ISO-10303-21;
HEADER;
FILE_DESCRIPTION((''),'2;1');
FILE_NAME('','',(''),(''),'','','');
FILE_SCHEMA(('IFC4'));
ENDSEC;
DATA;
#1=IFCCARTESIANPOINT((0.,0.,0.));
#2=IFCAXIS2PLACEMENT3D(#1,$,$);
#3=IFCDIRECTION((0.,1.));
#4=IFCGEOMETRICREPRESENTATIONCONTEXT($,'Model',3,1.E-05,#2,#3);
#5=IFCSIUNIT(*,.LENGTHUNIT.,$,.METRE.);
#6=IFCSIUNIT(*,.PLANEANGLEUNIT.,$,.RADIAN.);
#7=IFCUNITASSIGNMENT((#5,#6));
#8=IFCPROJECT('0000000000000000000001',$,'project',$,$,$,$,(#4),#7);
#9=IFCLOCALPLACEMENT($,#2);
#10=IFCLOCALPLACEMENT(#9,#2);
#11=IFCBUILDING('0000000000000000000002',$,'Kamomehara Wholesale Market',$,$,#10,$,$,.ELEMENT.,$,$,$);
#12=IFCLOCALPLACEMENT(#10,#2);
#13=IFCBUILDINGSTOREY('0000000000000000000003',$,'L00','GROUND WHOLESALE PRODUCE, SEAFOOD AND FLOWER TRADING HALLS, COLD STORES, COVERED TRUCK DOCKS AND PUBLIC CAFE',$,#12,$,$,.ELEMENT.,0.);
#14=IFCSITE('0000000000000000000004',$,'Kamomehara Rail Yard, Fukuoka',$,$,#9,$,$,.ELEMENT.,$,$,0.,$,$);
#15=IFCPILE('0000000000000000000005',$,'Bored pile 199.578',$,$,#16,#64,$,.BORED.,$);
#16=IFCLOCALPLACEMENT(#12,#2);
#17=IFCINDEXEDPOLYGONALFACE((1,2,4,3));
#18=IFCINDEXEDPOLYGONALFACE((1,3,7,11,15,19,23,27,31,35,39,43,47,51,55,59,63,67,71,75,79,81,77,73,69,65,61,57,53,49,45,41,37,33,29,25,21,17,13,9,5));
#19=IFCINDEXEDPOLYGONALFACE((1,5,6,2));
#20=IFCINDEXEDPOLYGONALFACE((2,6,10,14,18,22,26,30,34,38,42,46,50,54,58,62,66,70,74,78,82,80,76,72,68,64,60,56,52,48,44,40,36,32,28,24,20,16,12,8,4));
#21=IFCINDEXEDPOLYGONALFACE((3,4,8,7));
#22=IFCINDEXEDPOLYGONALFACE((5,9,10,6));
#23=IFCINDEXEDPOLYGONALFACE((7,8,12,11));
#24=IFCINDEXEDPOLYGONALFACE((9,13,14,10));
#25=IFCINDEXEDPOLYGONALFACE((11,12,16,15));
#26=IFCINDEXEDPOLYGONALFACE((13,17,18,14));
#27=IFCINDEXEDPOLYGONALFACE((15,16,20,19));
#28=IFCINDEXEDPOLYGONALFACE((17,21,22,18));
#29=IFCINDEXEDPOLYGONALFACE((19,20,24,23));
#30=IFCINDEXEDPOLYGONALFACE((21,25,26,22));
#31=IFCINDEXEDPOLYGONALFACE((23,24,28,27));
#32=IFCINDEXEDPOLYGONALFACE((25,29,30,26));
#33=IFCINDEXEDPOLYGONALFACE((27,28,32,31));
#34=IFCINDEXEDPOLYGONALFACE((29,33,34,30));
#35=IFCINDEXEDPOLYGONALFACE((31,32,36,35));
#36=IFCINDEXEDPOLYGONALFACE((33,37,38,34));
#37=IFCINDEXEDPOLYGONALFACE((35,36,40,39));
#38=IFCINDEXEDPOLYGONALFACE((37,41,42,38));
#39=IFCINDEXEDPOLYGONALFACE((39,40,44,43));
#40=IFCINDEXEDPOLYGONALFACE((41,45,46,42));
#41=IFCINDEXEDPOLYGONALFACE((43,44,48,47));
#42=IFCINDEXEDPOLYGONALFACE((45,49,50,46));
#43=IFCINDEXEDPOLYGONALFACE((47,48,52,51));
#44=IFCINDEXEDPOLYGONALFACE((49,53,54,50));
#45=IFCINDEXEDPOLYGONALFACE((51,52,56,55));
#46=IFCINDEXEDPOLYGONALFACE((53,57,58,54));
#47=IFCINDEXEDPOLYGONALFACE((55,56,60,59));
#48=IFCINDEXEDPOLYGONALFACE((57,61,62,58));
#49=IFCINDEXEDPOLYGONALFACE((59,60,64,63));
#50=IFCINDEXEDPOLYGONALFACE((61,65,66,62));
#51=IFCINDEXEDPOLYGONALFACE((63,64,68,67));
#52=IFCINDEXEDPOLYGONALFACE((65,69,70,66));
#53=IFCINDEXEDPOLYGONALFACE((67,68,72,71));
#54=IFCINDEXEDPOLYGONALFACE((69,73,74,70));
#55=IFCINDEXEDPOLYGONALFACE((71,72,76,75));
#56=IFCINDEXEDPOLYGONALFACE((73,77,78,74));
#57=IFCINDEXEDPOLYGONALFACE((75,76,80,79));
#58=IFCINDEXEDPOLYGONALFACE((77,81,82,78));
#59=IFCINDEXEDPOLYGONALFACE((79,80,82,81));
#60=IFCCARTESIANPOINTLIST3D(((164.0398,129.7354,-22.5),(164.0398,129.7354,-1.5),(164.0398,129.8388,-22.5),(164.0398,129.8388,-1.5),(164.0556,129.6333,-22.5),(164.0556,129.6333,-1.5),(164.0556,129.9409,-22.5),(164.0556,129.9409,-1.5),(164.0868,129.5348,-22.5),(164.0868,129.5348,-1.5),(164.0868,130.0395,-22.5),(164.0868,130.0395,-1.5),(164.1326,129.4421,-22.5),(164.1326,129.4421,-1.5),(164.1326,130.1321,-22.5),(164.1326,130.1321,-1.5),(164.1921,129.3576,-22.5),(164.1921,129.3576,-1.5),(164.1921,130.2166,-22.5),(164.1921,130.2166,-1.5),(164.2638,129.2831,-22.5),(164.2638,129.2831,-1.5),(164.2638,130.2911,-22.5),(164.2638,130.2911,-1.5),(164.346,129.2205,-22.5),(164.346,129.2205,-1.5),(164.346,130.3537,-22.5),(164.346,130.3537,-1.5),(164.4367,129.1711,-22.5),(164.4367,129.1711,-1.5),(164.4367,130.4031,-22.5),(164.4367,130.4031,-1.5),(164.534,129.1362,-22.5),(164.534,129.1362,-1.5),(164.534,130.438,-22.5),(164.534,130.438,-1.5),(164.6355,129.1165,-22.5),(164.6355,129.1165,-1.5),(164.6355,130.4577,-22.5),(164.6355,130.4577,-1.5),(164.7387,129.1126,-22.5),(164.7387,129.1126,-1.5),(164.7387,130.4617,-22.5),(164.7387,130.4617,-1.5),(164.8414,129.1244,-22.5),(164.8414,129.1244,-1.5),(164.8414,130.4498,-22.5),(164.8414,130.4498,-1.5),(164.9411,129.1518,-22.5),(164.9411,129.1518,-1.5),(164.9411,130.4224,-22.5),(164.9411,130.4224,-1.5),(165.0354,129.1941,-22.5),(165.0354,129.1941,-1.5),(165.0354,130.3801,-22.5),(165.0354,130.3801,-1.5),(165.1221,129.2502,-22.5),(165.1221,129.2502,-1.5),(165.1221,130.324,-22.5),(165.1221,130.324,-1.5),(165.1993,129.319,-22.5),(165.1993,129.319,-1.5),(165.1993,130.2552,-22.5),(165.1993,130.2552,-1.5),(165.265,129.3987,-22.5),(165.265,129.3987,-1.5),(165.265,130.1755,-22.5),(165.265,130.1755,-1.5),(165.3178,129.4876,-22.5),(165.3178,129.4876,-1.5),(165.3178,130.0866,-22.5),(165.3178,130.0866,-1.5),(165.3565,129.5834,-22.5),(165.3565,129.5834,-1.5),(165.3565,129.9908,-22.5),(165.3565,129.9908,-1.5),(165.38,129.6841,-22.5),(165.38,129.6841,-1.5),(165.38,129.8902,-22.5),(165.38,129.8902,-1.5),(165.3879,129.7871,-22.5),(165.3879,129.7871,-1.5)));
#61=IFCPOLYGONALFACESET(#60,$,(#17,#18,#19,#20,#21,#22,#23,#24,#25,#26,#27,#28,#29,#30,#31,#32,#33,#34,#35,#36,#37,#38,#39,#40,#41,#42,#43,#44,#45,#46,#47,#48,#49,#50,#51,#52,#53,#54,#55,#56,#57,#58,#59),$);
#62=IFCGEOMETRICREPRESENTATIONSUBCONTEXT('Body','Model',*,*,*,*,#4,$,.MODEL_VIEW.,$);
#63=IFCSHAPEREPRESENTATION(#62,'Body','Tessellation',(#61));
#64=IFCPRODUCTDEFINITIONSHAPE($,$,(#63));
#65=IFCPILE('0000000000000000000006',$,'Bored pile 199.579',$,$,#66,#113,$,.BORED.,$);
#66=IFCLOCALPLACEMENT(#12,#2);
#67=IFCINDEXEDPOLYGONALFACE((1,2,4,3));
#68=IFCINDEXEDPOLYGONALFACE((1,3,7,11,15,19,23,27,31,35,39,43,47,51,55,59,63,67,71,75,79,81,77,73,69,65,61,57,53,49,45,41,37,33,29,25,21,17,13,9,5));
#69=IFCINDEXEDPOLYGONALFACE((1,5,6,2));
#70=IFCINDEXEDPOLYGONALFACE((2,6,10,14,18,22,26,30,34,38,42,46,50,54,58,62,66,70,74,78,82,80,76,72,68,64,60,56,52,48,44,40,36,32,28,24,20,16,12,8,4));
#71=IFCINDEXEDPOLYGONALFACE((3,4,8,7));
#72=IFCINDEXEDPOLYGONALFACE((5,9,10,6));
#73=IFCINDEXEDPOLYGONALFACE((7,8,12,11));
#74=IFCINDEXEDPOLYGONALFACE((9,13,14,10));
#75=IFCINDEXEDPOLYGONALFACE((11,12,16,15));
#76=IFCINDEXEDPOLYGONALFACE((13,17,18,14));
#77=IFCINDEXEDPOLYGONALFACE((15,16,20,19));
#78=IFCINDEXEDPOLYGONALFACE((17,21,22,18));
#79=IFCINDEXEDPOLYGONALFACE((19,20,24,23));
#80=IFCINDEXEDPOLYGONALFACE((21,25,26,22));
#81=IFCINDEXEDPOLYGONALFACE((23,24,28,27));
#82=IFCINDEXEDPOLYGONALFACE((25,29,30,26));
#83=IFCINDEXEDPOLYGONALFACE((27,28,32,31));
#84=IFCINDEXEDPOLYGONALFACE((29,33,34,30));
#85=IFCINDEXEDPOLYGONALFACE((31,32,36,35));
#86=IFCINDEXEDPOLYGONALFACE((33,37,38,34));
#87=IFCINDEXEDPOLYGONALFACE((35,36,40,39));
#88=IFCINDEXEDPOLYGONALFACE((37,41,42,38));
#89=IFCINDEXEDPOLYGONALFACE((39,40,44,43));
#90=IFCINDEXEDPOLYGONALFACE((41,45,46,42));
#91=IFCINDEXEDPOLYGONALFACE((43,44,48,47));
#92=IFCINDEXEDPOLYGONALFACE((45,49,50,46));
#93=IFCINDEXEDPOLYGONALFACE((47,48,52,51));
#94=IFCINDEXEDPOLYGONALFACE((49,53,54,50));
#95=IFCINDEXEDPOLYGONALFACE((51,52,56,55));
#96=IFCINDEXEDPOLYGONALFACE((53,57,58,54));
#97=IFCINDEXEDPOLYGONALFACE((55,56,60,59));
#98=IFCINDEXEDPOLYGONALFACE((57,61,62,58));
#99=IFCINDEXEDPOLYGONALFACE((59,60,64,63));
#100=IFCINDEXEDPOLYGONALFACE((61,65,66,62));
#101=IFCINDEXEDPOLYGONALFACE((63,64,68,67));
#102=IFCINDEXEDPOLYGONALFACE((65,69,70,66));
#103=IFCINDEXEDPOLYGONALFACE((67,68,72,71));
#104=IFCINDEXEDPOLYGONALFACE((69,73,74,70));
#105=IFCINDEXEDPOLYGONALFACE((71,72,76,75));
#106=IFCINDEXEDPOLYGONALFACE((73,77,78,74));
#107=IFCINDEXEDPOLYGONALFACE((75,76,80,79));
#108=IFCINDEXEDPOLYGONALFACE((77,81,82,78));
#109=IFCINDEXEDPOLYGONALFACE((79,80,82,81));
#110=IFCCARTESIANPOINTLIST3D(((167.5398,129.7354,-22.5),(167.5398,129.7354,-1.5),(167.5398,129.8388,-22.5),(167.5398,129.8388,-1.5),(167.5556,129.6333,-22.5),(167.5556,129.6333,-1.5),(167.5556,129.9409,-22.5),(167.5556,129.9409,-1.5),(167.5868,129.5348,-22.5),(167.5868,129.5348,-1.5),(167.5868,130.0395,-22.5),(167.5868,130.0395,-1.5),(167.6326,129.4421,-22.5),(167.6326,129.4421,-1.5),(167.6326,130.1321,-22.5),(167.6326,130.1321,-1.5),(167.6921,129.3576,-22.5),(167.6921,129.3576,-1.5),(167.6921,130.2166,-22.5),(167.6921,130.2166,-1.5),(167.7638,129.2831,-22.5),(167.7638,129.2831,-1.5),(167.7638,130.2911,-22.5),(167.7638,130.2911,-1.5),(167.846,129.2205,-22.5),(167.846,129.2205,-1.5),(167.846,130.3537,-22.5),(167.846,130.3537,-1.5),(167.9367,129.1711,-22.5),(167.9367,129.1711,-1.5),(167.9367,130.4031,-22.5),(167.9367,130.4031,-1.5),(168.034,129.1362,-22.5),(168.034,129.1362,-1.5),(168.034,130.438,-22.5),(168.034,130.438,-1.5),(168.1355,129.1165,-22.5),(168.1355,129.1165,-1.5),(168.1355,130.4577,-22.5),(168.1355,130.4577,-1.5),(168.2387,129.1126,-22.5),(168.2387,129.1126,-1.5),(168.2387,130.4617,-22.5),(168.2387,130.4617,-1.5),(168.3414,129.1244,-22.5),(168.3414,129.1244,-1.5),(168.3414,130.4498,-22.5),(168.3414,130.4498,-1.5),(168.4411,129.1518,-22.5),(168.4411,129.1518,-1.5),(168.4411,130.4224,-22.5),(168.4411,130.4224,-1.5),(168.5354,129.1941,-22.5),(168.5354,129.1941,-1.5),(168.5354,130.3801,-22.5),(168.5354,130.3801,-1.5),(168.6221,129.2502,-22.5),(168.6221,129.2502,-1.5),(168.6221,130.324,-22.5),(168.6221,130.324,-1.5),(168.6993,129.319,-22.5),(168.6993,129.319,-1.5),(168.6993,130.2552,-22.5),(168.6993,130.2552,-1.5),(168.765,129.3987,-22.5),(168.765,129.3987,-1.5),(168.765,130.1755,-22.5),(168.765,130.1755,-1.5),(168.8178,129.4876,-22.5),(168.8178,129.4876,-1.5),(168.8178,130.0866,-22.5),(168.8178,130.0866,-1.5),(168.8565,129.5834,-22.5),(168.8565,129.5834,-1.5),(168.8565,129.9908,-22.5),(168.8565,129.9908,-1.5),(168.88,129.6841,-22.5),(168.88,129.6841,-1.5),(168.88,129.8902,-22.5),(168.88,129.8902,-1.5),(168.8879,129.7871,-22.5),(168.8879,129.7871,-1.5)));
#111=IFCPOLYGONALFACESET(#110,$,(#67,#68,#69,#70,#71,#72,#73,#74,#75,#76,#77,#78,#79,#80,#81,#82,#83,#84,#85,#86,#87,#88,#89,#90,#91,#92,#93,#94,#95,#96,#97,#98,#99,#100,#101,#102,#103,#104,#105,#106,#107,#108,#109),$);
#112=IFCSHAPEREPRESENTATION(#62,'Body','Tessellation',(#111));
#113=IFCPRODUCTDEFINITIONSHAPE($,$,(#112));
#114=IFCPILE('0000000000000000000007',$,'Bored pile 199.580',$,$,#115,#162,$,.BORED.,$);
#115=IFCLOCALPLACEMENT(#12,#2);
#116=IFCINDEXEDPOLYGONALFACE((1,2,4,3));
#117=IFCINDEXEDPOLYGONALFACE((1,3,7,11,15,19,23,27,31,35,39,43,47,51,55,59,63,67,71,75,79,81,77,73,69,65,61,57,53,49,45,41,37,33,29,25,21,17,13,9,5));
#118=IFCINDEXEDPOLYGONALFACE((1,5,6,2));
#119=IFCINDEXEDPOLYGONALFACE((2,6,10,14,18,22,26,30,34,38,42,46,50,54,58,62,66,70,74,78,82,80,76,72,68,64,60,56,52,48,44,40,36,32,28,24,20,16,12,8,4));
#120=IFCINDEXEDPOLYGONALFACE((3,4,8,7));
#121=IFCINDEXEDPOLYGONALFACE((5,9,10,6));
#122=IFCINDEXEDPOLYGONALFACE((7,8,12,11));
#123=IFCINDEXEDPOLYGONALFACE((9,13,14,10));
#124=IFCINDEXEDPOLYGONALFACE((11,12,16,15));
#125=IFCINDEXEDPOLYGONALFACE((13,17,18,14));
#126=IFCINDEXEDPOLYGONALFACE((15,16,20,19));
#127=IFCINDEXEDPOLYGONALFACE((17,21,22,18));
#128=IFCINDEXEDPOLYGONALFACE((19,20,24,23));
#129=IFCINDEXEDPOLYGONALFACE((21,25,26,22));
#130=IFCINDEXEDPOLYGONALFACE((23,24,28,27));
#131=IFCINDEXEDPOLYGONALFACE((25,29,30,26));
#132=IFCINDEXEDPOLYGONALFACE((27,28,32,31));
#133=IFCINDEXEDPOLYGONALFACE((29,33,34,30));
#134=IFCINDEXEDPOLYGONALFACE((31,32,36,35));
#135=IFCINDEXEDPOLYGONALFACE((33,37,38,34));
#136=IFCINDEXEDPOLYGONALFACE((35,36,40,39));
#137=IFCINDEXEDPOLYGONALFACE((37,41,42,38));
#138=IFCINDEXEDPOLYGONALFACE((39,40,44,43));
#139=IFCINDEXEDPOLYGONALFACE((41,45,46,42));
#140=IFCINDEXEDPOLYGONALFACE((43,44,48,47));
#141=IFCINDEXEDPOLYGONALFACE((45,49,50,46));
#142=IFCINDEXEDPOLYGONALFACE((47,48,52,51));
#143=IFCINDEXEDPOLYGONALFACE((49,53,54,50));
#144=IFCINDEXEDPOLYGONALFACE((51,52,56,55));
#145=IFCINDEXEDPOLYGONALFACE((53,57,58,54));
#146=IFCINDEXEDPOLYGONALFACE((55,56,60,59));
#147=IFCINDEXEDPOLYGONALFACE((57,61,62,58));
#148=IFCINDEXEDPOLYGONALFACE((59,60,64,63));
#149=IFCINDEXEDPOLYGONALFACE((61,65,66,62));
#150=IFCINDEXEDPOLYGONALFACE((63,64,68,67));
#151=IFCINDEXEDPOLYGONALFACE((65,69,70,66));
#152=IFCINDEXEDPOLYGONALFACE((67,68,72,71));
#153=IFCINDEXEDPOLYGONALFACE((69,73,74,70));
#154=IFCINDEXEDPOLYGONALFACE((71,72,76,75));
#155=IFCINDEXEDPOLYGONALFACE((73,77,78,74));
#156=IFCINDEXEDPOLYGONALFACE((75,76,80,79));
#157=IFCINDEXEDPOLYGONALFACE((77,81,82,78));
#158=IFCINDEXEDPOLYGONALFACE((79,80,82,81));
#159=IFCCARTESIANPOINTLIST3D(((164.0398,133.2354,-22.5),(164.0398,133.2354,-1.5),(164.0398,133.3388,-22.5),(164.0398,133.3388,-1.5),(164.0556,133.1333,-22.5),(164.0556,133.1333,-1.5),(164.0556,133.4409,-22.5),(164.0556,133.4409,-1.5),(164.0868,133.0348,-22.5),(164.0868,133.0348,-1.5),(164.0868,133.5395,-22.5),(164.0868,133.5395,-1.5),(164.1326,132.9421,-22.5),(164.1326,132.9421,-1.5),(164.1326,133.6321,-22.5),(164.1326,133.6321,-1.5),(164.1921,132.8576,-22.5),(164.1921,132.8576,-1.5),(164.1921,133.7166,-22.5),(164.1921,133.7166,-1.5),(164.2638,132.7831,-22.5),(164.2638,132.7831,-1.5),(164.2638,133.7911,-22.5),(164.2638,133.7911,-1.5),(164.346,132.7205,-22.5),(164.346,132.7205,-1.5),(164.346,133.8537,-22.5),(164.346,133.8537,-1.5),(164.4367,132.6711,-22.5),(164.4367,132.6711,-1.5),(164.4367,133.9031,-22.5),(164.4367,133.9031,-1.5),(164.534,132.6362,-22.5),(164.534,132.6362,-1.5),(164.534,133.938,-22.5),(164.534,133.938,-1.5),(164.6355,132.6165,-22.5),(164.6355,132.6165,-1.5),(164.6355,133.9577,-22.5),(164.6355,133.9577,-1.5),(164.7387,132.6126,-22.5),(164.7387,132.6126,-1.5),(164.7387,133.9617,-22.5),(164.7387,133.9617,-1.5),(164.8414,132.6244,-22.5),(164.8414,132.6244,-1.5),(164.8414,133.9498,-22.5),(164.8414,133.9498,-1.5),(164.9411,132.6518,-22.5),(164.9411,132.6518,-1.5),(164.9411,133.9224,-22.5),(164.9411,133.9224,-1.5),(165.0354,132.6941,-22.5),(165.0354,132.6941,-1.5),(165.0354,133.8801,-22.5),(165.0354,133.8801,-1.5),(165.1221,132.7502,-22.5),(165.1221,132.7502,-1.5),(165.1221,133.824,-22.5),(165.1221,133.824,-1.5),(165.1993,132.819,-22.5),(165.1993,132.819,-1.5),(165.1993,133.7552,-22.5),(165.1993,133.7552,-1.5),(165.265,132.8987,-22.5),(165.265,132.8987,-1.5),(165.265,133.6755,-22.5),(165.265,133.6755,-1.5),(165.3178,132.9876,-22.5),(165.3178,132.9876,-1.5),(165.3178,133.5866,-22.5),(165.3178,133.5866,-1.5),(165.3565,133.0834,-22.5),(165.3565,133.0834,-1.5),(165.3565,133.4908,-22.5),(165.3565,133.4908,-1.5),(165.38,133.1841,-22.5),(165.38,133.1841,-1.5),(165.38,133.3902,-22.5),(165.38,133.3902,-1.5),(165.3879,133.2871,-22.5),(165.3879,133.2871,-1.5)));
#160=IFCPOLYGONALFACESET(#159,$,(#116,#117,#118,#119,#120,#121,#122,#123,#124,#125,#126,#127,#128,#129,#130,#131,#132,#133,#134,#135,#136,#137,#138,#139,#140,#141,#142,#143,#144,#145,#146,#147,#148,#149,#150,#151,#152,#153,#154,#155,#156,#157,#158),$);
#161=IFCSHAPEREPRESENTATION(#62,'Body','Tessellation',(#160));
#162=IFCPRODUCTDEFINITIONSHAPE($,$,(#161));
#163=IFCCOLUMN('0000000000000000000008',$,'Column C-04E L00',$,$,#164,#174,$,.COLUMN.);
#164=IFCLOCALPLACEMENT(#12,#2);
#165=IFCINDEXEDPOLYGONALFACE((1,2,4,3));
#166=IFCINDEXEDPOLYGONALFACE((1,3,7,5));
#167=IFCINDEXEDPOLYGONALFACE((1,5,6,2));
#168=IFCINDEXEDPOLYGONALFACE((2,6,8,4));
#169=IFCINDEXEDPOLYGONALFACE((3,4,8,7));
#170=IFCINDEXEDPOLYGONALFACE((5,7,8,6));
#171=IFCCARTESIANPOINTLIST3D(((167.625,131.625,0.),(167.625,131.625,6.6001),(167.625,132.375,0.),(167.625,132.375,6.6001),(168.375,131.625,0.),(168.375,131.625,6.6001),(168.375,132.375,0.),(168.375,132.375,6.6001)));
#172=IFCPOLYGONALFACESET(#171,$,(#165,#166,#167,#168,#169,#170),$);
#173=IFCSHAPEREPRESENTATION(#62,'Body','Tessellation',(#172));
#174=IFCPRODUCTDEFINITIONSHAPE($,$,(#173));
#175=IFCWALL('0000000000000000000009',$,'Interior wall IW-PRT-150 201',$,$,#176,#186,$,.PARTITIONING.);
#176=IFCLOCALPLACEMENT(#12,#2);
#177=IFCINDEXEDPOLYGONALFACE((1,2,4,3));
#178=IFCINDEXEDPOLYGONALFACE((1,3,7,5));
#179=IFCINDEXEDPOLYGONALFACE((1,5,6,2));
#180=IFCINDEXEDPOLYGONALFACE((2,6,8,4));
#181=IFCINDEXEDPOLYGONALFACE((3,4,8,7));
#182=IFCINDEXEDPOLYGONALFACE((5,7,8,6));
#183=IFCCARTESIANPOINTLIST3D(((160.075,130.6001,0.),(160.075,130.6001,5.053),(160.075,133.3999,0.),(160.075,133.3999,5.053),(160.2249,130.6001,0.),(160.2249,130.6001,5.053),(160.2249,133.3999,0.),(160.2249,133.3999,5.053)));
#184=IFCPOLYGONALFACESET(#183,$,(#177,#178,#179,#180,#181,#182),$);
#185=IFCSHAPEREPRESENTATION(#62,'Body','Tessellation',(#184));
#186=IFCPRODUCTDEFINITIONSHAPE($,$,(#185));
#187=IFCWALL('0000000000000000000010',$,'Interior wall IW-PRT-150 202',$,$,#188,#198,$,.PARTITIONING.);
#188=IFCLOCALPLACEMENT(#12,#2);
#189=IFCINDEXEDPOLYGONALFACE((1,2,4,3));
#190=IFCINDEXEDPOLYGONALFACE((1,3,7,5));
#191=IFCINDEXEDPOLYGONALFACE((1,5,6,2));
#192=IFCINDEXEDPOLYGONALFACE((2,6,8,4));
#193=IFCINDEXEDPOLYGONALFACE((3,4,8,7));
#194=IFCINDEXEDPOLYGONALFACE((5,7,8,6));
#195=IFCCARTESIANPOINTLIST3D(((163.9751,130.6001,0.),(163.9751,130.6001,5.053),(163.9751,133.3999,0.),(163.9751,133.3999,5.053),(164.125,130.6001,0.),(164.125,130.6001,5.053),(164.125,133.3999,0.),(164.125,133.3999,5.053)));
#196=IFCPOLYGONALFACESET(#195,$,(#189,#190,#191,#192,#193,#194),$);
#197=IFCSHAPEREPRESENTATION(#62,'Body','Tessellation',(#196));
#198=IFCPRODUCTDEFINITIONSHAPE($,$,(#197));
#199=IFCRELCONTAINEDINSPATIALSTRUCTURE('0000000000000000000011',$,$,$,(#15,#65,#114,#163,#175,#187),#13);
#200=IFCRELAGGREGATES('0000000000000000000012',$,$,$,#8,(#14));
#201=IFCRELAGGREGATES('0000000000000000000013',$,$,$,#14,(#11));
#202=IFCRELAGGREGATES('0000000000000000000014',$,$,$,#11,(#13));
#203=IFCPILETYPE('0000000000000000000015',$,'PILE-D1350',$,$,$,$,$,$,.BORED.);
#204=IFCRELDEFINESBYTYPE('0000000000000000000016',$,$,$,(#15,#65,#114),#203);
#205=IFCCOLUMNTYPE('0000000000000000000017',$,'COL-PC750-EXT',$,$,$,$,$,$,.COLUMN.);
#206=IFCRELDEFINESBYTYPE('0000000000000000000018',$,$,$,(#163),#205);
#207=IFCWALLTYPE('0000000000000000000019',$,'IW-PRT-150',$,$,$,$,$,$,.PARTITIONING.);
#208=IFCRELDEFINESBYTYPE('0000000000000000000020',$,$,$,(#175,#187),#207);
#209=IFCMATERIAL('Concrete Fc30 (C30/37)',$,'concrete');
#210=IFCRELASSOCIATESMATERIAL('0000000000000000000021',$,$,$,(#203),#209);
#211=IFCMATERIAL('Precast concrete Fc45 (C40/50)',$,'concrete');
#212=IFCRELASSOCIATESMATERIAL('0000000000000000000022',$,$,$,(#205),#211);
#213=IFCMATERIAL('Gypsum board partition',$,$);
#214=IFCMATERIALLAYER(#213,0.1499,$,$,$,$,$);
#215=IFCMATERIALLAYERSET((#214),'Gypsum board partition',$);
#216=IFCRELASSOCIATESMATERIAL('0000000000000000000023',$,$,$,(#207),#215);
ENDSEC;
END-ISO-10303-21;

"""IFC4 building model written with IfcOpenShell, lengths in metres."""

from ifc_helpers import new_model, si_unit, direction, frame, frame_2d, origin, origin_2d, place, context, subcontext, project, spatial, rectangle, circle, extrude, material, layer, layer_set, material_profile, profile_set, type_object, element, save


model = new_model("IFC4")

# Units and contexts
model_context = context("Model", 3, precision=1e-05, world=origin(), true_north=direction((0.0, 1.0)))
body_context = subcontext(model_context, "Body", "Model", "MODEL_VIEW")
ifc_project = project(units=[si_unit("LENGTHUNIT", "METRE"), si_unit("PLANEANGLEUNIT", "RADIAN")], contexts=[model_context])

# Site, building, storey
site_placement = place(None, origin())
site = spatial("IfcSite", under=ifc_project, at=site_placement, Name="Kamomehara Rail Yard, Fukuoka", CompositionType="ELEMENT", RefElevation=0.0)
building_placement = place(site_placement, origin())
building = spatial("IfcBuilding", under=site, at=building_placement, Name="Kamomehara Wholesale Market", CompositionType="ELEMENT")
storey_placement = place(building_placement, origin())
storey = spatial("IfcBuildingStorey", under=building, at=storey_placement, Name="L00", Description="GROUND WHOLESALE PRODUCE, SEAFOOD AND FLOWER TRADING HALLS, COLD STORES, COVERED TRUCK DOCKS AND PUBLIC CAFE", CompositionType="ELEMENT", Elevation=0.0)

# Piles
ifc_material_1 = material(Name="Concrete Fc30 (C30/37)", Category="concrete")
ifc_material_profile_1 = material_profile(ifc_material_1, circle(Radius=0.675, at=origin_2d()), Name="RC-PILE-D1350")
ifc_profile_set_1 = profile_set([ifc_material_profile_1], Name="Concrete Fc30 (C30/37)")
pile_type_1 = type_object("IfcPileType", Name="PILE-D1350", PredefinedType="BORED", material=ifc_profile_set_1)
for number, where, z_axis, x_axis, name in (
    (1, (164.7129, 129.7871, -1.5), (0.0, 0.0, -1.0), (1.0, 0.0, 0.0), "Bored pile 199.578"),
    (2, (168.2129, 129.7871, -1.5), (0.0, 0.0, -1.0), (1.0, 0.0, 0.0), "Bored pile 199.579"),
    (3, (164.7129, 133.2871, -1.5), (0.0, 0.0, -1.0), (1.0, 0.0, 0.0), "Bored pile 199.580"),
):
    element("IfcPile", number, at=place(storey_placement, frame(where, z_axis=z_axis, x_axis=x_axis)), inside=storey, type_object=pile_type_1, Name=name, PredefinedType="BORED", context=body_context, shape_type="SweptSolid", body=[
        extrude(circle(Radius=0.675, at=origin_2d()), origin(), (0.0, 0.0, 1.0), 21.0),
    ])

# Column
ifc_material_2 = material(Name="Precast concrete Fc45 (C40/50)", Category="concrete")
ifc_material_profile_2 = material_profile(ifc_material_2, rectangle(XDim=0.75, YDim=0.75, at=origin_2d()), Name="PC-COL-750x750")
ifc_profile_set_2 = profile_set([ifc_material_profile_2], Name="Precast concrete Fc45 (C40/50)")
column_type = type_object("IfcColumnType", Name="COL-PC750-EXT", PredefinedType="COLUMN", material=ifc_profile_set_2)
column_placement = place(storey_placement, frame((168.0, 132.0, 0.0), z_axis=(0.0, 0.0, 1.0), x_axis=(1.0, 0.0, 0.0)))
element("IfcColumn", 4, at=column_placement, inside=storey, type_object=column_type, Name="Column C-04E L00", PredefinedType="COLUMN", context=body_context, shape_type="SweptSolid", body=[
    extrude(rectangle(XDim=0.75, YDim=0.75, at=origin_2d()), origin(), (0.0, 0.0, 1.0), 6.6001),
])

# Walls
ifc_material_3 = material(Name="Gypsum board partition")
ifc_layer_1 = layer(ifc_material_3, 0.1499)
ifc_layer_set_1 = layer_set([ifc_layer_1], Name="Gypsum board partition")
wall_type_1 = type_object("IfcWallType", Name="IW-PRT-150", PredefinedType="PARTITIONING", material=ifc_layer_set_1)
for number, where, z_axis, x_axis, name in (
    (5, (160.1499, 130.6001, 0.0), (0.0, 0.0, 1.0), (0.0, 1.0, 0.0), "Interior wall IW-PRT-150 201"),
    (6, (164.05, 130.6001, 0.0), (0.0, 0.0, 1.0), (0.0, 1.0, 0.0), "Interior wall IW-PRT-150 202"),
):
    element("IfcWall", number, at=place(storey_placement, frame(where, z_axis=z_axis, x_axis=x_axis)), inside=storey, type_object=wall_type_1, Name=name, PredefinedType="PARTITIONING", context=body_context, shape_type="SweptSolid", body=[
        extrude(rectangle(XDim=2.7998, YDim=0.1499, at=frame_2d((1.3999, 0.0))), origin(), (0.0, 0.0, 1.0), 5.053),
    ])

save(model, "model.ifc")
